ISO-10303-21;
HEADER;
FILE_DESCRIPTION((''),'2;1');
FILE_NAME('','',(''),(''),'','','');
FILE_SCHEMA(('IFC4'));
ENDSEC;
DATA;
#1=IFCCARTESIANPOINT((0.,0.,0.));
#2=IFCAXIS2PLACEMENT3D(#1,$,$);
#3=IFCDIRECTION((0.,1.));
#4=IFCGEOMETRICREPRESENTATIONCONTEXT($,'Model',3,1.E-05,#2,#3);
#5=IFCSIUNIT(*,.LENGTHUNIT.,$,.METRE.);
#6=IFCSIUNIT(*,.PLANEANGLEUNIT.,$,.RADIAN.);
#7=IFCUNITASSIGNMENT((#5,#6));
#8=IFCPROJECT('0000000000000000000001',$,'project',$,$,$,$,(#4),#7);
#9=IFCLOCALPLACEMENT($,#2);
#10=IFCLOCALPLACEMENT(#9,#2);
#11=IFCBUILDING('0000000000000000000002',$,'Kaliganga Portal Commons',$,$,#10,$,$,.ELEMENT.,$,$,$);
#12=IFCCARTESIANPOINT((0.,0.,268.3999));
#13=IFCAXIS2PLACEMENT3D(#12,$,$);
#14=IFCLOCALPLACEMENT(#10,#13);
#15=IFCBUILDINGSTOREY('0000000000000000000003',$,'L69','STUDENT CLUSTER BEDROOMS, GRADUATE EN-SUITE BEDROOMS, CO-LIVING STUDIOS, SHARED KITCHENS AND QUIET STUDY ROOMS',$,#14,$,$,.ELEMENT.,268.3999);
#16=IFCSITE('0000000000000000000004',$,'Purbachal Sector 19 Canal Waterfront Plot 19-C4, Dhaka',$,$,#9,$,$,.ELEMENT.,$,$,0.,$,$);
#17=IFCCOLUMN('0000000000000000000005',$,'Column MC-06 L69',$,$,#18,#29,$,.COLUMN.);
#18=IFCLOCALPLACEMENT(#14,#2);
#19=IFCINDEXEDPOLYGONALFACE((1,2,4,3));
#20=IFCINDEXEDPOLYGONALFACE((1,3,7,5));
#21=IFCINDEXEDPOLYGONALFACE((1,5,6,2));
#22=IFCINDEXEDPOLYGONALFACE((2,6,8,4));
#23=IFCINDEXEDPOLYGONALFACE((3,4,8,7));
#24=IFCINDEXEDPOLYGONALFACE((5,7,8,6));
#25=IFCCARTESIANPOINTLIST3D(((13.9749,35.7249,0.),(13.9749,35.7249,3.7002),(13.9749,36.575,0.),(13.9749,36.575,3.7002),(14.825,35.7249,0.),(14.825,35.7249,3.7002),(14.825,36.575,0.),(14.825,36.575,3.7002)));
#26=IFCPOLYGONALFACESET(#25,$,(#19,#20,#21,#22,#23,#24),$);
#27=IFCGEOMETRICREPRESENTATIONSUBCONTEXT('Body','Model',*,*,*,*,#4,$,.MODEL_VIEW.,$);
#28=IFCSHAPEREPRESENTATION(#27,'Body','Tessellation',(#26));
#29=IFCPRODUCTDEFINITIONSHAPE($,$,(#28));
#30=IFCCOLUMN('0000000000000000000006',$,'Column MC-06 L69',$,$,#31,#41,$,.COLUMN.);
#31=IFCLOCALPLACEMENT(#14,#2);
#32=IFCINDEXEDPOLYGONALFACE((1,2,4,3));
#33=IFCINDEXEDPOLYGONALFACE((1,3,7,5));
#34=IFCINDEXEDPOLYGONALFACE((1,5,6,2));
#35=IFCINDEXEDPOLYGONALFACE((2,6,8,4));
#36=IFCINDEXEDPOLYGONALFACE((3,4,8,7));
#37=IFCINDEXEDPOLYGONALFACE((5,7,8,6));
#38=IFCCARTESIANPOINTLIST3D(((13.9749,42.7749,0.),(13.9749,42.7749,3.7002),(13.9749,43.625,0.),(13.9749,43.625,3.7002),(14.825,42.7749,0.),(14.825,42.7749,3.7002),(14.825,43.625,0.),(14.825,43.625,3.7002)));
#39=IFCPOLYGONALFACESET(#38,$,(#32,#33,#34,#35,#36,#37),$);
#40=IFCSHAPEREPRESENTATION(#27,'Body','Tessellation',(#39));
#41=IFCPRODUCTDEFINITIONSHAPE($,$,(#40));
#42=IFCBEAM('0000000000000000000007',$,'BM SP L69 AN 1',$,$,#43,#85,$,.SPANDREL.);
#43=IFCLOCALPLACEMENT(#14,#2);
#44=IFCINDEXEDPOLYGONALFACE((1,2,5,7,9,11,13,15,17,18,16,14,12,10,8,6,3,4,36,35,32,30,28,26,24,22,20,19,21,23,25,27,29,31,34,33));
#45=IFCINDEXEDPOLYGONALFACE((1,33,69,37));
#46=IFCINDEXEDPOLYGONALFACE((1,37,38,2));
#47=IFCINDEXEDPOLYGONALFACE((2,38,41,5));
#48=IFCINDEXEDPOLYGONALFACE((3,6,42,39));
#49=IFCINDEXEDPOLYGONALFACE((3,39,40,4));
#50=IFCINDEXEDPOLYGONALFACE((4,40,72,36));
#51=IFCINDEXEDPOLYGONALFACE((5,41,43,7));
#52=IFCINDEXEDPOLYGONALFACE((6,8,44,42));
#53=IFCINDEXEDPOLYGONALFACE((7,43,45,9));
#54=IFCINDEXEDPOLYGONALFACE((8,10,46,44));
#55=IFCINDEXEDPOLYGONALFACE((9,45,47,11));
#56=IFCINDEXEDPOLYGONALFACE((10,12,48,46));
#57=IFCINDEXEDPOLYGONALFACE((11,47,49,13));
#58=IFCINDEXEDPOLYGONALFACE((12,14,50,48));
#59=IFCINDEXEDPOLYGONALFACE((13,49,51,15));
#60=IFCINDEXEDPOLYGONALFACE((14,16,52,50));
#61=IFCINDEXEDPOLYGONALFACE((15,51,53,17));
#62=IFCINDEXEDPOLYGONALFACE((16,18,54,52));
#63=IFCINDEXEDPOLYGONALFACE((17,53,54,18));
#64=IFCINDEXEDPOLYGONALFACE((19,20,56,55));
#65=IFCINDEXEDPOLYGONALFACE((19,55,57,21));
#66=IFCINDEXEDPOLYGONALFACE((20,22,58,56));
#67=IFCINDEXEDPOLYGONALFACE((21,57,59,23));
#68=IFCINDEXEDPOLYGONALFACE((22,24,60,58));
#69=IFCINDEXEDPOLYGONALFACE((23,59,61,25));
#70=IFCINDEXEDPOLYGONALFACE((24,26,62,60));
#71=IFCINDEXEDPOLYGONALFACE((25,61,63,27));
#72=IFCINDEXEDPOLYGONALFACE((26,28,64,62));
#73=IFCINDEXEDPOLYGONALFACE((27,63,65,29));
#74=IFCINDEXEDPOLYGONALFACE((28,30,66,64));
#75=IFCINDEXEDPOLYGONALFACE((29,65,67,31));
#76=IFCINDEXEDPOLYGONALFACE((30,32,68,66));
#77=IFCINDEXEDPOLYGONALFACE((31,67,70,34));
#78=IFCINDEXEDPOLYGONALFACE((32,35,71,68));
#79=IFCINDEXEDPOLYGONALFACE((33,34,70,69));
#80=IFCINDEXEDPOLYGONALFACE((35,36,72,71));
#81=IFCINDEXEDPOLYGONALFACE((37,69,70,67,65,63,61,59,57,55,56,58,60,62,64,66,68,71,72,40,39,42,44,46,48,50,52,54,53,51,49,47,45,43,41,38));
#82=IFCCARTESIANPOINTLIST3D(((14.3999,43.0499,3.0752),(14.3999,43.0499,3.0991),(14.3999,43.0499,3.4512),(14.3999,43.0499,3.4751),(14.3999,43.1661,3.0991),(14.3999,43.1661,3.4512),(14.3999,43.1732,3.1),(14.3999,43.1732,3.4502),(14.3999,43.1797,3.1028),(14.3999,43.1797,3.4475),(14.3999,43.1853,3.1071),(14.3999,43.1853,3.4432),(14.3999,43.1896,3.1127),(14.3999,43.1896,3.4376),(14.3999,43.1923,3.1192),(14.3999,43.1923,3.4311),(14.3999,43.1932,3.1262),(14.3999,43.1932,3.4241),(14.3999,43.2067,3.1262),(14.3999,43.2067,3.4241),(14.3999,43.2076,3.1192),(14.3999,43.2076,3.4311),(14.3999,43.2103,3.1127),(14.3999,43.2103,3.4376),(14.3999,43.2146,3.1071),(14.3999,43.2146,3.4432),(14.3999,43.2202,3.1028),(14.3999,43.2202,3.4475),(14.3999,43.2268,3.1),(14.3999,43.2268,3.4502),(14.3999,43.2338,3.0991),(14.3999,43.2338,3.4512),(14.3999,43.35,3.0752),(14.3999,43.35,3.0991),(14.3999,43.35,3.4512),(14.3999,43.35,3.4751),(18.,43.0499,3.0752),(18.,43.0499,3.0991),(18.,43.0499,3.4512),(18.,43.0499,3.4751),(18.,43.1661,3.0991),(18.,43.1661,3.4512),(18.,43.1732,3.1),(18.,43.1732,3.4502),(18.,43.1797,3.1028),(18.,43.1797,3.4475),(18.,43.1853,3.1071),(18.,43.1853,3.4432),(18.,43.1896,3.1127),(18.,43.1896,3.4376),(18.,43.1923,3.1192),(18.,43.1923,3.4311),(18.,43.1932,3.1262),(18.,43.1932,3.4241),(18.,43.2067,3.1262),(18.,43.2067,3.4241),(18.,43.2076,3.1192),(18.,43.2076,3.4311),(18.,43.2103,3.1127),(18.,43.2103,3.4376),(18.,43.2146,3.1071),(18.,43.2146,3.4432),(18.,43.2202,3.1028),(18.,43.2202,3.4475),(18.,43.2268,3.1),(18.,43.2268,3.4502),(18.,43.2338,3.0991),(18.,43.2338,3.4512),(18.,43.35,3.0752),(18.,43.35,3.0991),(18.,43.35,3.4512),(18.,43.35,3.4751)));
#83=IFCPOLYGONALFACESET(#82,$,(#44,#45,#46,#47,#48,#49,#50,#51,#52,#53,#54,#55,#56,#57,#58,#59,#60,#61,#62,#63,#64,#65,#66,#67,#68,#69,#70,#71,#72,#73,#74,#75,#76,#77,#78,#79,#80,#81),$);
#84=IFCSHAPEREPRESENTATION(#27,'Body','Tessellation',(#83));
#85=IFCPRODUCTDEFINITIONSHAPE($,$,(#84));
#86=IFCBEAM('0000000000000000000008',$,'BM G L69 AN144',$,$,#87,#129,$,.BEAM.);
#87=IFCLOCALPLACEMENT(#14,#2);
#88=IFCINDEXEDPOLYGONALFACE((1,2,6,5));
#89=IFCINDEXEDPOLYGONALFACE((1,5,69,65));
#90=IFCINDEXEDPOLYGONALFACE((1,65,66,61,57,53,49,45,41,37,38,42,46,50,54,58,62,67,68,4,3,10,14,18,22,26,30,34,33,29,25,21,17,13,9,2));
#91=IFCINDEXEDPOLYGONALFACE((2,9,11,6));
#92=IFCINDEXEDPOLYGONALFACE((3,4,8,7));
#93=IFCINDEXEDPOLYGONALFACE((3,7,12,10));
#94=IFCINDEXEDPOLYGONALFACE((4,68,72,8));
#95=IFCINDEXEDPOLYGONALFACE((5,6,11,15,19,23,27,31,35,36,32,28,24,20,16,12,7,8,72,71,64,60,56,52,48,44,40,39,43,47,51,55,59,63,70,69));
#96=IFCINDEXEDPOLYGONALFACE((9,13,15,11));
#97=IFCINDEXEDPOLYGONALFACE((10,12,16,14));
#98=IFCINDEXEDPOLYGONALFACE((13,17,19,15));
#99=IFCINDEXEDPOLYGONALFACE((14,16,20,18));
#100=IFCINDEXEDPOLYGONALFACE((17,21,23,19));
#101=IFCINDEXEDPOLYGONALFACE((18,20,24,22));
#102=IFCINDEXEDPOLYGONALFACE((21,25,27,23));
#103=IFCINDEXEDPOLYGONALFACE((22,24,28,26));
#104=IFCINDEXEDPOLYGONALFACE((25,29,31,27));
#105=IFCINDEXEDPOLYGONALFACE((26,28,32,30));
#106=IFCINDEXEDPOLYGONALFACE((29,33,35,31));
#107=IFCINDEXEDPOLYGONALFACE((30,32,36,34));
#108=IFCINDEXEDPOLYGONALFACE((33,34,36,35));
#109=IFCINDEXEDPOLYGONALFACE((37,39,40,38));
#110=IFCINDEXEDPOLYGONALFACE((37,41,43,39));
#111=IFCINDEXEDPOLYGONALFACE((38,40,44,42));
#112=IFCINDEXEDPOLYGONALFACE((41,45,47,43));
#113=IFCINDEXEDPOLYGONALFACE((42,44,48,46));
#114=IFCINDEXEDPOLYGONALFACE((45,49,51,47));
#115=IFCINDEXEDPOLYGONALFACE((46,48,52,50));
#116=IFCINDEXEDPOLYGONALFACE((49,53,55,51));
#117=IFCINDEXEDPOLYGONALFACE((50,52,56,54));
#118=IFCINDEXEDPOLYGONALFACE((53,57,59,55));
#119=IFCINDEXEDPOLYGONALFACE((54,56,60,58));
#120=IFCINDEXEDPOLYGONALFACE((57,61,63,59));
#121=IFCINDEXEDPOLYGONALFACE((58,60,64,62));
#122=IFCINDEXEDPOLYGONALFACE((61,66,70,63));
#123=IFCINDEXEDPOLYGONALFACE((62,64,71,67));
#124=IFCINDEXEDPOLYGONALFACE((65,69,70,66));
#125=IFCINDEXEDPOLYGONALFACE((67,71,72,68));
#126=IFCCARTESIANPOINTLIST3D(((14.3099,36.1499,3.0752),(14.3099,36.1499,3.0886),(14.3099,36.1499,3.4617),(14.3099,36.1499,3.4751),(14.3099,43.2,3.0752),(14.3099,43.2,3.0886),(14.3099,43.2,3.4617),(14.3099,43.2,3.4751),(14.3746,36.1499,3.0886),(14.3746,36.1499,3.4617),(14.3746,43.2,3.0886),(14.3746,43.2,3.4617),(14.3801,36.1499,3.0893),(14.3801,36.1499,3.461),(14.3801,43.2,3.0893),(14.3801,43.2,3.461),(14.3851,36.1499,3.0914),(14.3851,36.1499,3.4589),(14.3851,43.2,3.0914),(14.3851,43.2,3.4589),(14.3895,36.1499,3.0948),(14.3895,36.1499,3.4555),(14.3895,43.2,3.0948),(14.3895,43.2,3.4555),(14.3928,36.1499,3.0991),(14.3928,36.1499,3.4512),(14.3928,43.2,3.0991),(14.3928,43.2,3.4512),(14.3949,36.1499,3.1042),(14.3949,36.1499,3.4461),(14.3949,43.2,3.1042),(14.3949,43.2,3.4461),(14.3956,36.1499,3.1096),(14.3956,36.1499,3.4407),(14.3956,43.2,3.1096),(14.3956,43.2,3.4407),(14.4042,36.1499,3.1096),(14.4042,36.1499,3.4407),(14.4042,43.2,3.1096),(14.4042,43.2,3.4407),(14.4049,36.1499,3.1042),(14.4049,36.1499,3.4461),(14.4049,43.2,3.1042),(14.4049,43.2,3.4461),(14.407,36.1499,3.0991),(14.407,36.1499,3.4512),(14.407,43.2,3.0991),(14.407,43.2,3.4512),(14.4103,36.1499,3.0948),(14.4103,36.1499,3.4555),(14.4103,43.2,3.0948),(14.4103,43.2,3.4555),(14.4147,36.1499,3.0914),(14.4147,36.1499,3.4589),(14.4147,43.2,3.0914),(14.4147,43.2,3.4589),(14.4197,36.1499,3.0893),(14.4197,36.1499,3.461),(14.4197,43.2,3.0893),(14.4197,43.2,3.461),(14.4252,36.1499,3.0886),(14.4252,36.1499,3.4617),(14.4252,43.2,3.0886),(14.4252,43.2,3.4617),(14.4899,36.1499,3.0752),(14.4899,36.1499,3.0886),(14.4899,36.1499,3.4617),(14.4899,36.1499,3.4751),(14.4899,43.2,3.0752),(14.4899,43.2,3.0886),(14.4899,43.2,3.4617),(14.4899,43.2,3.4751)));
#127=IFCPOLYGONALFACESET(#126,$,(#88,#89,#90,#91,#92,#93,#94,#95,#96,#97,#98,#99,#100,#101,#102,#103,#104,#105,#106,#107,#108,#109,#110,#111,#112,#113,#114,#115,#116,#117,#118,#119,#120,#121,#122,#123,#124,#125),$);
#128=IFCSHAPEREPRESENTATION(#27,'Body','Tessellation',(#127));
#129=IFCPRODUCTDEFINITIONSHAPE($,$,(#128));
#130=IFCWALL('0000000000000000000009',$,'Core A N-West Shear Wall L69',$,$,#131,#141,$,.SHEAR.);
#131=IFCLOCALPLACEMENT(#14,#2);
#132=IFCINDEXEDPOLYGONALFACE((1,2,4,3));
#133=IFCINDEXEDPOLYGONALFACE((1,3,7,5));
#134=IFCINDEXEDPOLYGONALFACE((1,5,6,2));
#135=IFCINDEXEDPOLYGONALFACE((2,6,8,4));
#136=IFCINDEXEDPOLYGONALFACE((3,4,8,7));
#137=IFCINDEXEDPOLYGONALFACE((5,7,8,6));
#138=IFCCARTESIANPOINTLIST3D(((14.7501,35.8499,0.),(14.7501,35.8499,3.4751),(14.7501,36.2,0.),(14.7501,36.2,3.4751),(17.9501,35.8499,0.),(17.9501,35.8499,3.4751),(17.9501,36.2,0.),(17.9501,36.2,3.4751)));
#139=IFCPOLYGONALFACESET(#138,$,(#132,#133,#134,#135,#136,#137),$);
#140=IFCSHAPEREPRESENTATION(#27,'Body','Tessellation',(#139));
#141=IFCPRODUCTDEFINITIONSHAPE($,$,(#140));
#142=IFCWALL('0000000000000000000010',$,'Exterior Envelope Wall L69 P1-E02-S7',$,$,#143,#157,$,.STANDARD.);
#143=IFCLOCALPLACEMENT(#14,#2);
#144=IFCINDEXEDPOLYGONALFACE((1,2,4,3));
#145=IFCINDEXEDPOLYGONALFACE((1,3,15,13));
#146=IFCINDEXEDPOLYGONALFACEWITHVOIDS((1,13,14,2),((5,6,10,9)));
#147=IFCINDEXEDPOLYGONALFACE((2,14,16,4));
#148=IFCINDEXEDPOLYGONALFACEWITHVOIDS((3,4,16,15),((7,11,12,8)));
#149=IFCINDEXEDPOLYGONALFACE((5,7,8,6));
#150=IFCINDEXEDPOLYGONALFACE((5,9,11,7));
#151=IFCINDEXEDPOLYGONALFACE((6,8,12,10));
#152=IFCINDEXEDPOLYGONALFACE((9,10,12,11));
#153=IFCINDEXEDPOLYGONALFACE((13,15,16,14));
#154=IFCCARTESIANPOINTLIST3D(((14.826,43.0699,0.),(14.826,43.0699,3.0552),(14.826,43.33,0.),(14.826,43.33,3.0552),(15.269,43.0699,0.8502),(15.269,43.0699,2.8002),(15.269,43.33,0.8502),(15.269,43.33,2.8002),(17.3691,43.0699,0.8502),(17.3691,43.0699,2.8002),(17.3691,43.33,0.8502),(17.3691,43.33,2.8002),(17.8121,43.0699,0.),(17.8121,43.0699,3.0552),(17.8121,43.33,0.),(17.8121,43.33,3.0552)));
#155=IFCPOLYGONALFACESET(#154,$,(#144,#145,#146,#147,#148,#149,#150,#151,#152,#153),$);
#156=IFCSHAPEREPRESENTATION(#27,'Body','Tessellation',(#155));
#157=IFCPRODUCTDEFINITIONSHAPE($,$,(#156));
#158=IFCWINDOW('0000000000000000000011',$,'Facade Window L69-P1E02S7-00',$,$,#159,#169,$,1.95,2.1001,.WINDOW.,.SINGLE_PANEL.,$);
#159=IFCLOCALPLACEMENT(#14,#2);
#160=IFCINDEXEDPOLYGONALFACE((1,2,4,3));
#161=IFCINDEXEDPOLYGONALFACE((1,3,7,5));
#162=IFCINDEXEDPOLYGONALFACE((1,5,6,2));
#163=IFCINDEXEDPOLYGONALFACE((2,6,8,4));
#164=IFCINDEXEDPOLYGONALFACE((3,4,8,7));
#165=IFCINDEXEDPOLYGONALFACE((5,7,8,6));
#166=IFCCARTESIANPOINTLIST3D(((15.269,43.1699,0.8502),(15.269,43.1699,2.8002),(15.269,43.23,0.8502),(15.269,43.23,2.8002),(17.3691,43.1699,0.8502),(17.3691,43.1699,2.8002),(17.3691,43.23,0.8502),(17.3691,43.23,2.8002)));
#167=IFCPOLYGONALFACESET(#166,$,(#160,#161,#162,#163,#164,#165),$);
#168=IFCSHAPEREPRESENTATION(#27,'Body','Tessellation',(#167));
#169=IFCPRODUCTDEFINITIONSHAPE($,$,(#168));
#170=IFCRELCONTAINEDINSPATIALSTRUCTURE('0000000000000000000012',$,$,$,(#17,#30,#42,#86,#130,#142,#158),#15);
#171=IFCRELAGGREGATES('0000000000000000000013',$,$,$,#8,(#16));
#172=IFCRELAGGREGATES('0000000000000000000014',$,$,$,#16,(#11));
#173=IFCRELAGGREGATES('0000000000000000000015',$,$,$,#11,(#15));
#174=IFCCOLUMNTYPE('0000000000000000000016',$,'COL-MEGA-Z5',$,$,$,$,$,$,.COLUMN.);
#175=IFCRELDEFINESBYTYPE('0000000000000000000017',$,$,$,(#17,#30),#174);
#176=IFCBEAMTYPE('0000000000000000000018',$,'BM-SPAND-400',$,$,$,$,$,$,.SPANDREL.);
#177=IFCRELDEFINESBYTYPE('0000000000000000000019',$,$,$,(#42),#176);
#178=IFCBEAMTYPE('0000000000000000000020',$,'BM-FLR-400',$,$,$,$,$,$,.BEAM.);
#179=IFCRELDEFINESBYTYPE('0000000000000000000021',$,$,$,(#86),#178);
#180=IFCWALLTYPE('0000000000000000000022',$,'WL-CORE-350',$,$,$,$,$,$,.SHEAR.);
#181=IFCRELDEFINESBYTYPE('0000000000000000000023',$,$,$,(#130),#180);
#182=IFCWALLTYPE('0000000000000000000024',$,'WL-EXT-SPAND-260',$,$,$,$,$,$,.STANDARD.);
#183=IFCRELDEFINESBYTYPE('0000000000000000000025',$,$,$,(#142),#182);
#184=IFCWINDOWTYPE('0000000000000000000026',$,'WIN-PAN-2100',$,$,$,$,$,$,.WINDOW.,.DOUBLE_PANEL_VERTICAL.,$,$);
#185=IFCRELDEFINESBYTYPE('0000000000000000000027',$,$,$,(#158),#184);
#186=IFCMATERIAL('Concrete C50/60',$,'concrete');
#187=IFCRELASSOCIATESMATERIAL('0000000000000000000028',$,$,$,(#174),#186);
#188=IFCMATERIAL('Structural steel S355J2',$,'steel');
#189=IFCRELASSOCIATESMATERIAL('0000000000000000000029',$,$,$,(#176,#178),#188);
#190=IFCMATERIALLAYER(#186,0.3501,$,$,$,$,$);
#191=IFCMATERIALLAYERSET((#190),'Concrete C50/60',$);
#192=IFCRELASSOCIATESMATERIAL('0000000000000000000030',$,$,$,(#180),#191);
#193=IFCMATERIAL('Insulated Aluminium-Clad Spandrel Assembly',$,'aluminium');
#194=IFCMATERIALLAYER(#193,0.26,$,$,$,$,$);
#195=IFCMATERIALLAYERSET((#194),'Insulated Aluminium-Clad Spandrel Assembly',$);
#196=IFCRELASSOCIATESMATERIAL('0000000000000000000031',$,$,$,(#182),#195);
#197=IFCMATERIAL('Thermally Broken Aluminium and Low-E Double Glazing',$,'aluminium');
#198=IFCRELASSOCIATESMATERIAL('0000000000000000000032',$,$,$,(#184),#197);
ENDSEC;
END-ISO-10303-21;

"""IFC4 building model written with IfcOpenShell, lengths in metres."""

from ifc_helpers import new_model, si_unit, direction, frame, frame_2d, origin, origin_2d, place, context, subcontext, project, spatial, rectangle, i_section, extrude, source, transform, mapped, material, layer, layer_set, material_profile, profile_set, type_object, element, fill, save


model = new_model("IFC4")

# Units and contexts
model_context = context("Model", 3, precision=1e-05, world=origin(), true_north=direction((0.0, 1.0)))
body_context = subcontext(model_context, "Body", "Model", "MODEL_VIEW")
ifc_project = project(units=[si_unit("LENGTHUNIT", "METRE"), si_unit("PLANEANGLEUNIT", "RADIAN")], contexts=[model_context])

# Site, building, storey
site_placement = place(None, origin())
site = spatial("IfcSite", under=ifc_project, at=site_placement, Name="Purbachal Sector 19 Canal Waterfront Plot 19-C4, Dhaka", CompositionType="ELEMENT", RefElevation=0.0)
building_placement = place(site_placement, origin())
building = spatial("IfcBuilding", under=site, at=building_placement, Name="Kaliganga Portal Commons", CompositionType="ELEMENT")
storey_placement = place(building_placement, frame((0.0, 0.0, 268.3999)))
storey = spatial("IfcBuildingStorey", under=building, at=storey_placement, Name="L69", Description="STUDENT CLUSTER BEDROOMS, GRADUATE EN-SUITE BEDROOMS, CO-LIVING STUDIOS, SHARED KITCHENS AND QUIET STUDY ROOMS", CompositionType="ELEMENT", Elevation=268.3999)

# Columns
ifc_material_1 = material(Name="Concrete C50/60", Category="concrete")
ifc_material_profile_1 = material_profile(ifc_material_1, rectangle(XDim=0.8501, YDim=0.8501, at=origin_2d()), Name="RC 850x850")
ifc_profile_set_1 = profile_set([ifc_material_profile_1], Name="Concrete C50/60")
column_type = type_object("IfcColumnType", Name="COL-MEGA-Z5", PredefinedType="COLUMN", material=ifc_profile_set_1)
shared_shape_1 = source(origin(), body_context, "Body", "SweptSolid", [
    extrude(rectangle(XDim=0.8501, YDim=0.8501, at=origin_2d()), origin(), (0.0, 0.0, 1.0), 3.7002),
])
for number, where, z_axis, x_axis, name in (
    (1, (14.3999, 36.1499, 0.0), (0.0, 0.0, 1.0), (1.0, 0.0, 0.0), "Column MC-06 L69"),
    (2, (14.3999, 43.2, 0.0), (0.0, 0.0, 1.0), (1.0, 0.0, 0.0), "Column MC-06 L69"),
):
    element("IfcColumn", number, at=place(storey_placement, frame(where, z_axis=z_axis, x_axis=x_axis)), inside=storey, type_object=column_type, Name=name, PredefinedType="COLUMN", context=body_context, shape_type="MappedRepresentation", body=[
        mapped(shared_shape_1, transform((0.0, 0.0, 0.0), x_axis=(1.0, 0.0, 0.0), y_axis=(0.0, 1.0, 0.0), z_axis=(0.0, 0.0, 1.0), scale=1.0)),
    ])

# Beams
ifc_material_2 = material(Name="Structural steel S355J2", Category="steel")
ifc_material_profile_2 = material_profile(ifc_material_2, i_section(OverallWidth=0.3, OverallDepth=0.3999, WebThickness=0.0134, FlangeThickness=0.0239, FilletRadius=0.0271, at=origin_2d()), Name="HE 400 B")
ifc_profile_set_2 = profile_set([ifc_material_profile_2], Name="Structural steel S355J2 wide-flange")
beam_type_1 = type_object("IfcBeamType", Name="BM-SPAND-400", PredefinedType="SPANDREL", material=ifc_profile_set_2)
shared_shape_2 = source(origin(), body_context, "Body", "SweptSolid", [
    extrude(i_section(OverallWidth=0.3, OverallDepth=0.3999, WebThickness=0.0134, FlangeThickness=0.0239, FilletRadius=0.0271, at=origin_2d()), origin(), (0.0, 0.0, 1.0), 3.6001),
])
beam_1_placement = place(storey_placement, frame((14.3999, 43.2, 3.2751), z_axis=(1.0, 0.0, 0.0), x_axis=(0.0, 1.0, 0.0)))
element("IfcBeam", 3, at=beam_1_placement, inside=storey, type_object=beam_type_1, Name="BM SP L69 AN 1", PredefinedType="SPANDREL", context=body_context, shape_type="MappedRepresentation", body=[
    mapped(shared_shape_2, transform((0.0, 0.0, 0.0), x_axis=(1.0, 0.0, 0.0), y_axis=(0.0, 1.0, 0.0), z_axis=(0.0, 0.0, 1.0), scale=1.0)),
])
ifc_material_profile_3 = material_profile(ifc_material_2, i_section(OverallWidth=0.1799, OverallDepth=0.3999, WebThickness=0.0085, FlangeThickness=0.0134, FilletRadius=0.021, at=origin_2d()), Name="IPE 400")
ifc_profile_set_3 = profile_set([ifc_material_profile_3], Name="Structural steel S355J2 wide-flange")
beam_type_2 = type_object("IfcBeamType", Name="BM-FLR-400", PredefinedType="BEAM", material=ifc_profile_set_3)
shared_shape_3 = source(origin(), body_context, "Body", "SweptSolid", [
    extrude(i_section(OverallWidth=0.1799, OverallDepth=0.3999, WebThickness=0.0085, FlangeThickness=0.0134, FilletRadius=0.021, at=origin_2d()), origin(), (0.0, 0.0, 1.0), 7.05),
])
beam_2_placement = place(storey_placement, frame((14.3999, 36.1499, 3.2751), z_axis=(0.0, 1.0, 0.0), x_axis=(-1.0, 0.0, 0.0)))
element("IfcBeam", 4, at=beam_2_placement, inside=storey, type_object=beam_type_2, Name="BM G L69 AN144", PredefinedType="BEAM", context=body_context, shape_type="MappedRepresentation", body=[
    mapped(shared_shape_3, transform((0.0, 0.0, 0.0), x_axis=(1.0, 0.0, 0.0), y_axis=(0.0, 1.0, 0.0), z_axis=(0.0, 0.0, 1.0), scale=1.0)),
])

# Wall
ifc_layer_1 = layer(ifc_material_1, 0.3501)
ifc_layer_set_1 = layer_set([ifc_layer_1], Name="Concrete C50/60")
wall_type_1 = type_object("IfcWallType", Name="WL-CORE-350", PredefinedType="SHEAR", material=ifc_layer_set_1)
wall_1_placement = place(storey_placement, frame((14.75, 36.0249, 0.0), z_axis=(0.0, 0.0, 1.0), x_axis=(1.0, 0.0, 0.0)))
element("IfcWall", 5, at=wall_1_placement, inside=storey, type_object=wall_type_1, Name="Core A N-West Shear Wall L69", PredefinedType="SHEAR", context=body_context, shape_type="SweptSolid", body=[
    extrude(rectangle(XDim=3.2, YDim=0.3501, at=frame_2d((1.6001, 0.0))), origin(), (0.0, 0.0, 1.0), 3.4751),
])

# Wall, opening, window
ifc_material_3 = material(Name="Insulated Aluminium-Clad Spandrel Assembly", Category="aluminium")
ifc_layer_2 = layer(ifc_material_3, 0.26)
ifc_layer_set_2 = layer_set([ifc_layer_2], Name="Insulated Aluminium-Clad Spandrel Assembly")
wall_type_2 = type_object("IfcWallType", Name="WL-EXT-SPAND-260", PredefinedType="STANDARD", material=ifc_layer_set_2)
wall_2_placement = place(storey_placement, frame((14.8259, 43.2, 0.0), z_axis=(0.0, 0.0, 1.0), x_axis=(1.0, 0.0, 0.0)))
wall_2 = element("IfcWall", 6, at=wall_2_placement, inside=storey, type_object=wall_type_2, Name="Exterior Envelope Wall L69 P1-E02-S7", PredefinedType="STANDARD", context=body_context, shape_type="SweptSolid", body=[
    extrude(rectangle(XDim=2.9861, YDim=0.26, at=frame_2d((1.4932, 0.0))), origin(), (0.0, 0.0, 1.0), 3.0552),
])
opening_1_placement = place(wall_2_placement, frame((0.4431, 0.0, 0.8501)))
opening_1 = element("IfcOpeningElement", 7, at=opening_1_placement, cuts=wall_2, PredefinedType="OPENING", context=body_context, shape_type="SweptSolid", body=[
    extrude(rectangle(XDim=2.1001, YDim=1.95, at=frame_2d((1.05, 0.9751))), frame((0.0, 0.1401, 0.0), z_axis=(0.0, -1.0, 0.0), x_axis=(1.0, 0.0, 0.0)), (0.0, 0.0, 1.0), 0.28),
])
ifc_material_4 = material(Name="Thermally Broken Aluminium and Low-E Double Glazing", Category="aluminium")
window_type = type_object("IfcWindowType", Name="WIN-PAN-2100", PartitioningType="DOUBLE_PANEL_VERTICAL", PredefinedType="WINDOW", material=ifc_material_4)
window_placement = place(opening_1_placement, origin())
window = element("IfcWindow", 8, at=window_placement, inside=storey, type_object=window_type, Name="Facade Window L69-P1E02S7-00", OverallHeight=1.95, OverallWidth=2.1001, PartitioningType="SINGLE_PANEL", PredefinedType="WINDOW", context=body_context, shape_type="SweptSolid", body=[
    extrude(rectangle(XDim=2.1001, YDim=1.95, at=frame_2d((1.05, 0.9751))), frame((0.0, 0.03, 0.0), z_axis=(0.0, -1.0, 0.0), x_axis=(1.0, 0.0, 0.0)), (0.0, 0.0, 1.0), 0.0601),
])
fill(opening_1, window)

save(model, "model.ifc")
